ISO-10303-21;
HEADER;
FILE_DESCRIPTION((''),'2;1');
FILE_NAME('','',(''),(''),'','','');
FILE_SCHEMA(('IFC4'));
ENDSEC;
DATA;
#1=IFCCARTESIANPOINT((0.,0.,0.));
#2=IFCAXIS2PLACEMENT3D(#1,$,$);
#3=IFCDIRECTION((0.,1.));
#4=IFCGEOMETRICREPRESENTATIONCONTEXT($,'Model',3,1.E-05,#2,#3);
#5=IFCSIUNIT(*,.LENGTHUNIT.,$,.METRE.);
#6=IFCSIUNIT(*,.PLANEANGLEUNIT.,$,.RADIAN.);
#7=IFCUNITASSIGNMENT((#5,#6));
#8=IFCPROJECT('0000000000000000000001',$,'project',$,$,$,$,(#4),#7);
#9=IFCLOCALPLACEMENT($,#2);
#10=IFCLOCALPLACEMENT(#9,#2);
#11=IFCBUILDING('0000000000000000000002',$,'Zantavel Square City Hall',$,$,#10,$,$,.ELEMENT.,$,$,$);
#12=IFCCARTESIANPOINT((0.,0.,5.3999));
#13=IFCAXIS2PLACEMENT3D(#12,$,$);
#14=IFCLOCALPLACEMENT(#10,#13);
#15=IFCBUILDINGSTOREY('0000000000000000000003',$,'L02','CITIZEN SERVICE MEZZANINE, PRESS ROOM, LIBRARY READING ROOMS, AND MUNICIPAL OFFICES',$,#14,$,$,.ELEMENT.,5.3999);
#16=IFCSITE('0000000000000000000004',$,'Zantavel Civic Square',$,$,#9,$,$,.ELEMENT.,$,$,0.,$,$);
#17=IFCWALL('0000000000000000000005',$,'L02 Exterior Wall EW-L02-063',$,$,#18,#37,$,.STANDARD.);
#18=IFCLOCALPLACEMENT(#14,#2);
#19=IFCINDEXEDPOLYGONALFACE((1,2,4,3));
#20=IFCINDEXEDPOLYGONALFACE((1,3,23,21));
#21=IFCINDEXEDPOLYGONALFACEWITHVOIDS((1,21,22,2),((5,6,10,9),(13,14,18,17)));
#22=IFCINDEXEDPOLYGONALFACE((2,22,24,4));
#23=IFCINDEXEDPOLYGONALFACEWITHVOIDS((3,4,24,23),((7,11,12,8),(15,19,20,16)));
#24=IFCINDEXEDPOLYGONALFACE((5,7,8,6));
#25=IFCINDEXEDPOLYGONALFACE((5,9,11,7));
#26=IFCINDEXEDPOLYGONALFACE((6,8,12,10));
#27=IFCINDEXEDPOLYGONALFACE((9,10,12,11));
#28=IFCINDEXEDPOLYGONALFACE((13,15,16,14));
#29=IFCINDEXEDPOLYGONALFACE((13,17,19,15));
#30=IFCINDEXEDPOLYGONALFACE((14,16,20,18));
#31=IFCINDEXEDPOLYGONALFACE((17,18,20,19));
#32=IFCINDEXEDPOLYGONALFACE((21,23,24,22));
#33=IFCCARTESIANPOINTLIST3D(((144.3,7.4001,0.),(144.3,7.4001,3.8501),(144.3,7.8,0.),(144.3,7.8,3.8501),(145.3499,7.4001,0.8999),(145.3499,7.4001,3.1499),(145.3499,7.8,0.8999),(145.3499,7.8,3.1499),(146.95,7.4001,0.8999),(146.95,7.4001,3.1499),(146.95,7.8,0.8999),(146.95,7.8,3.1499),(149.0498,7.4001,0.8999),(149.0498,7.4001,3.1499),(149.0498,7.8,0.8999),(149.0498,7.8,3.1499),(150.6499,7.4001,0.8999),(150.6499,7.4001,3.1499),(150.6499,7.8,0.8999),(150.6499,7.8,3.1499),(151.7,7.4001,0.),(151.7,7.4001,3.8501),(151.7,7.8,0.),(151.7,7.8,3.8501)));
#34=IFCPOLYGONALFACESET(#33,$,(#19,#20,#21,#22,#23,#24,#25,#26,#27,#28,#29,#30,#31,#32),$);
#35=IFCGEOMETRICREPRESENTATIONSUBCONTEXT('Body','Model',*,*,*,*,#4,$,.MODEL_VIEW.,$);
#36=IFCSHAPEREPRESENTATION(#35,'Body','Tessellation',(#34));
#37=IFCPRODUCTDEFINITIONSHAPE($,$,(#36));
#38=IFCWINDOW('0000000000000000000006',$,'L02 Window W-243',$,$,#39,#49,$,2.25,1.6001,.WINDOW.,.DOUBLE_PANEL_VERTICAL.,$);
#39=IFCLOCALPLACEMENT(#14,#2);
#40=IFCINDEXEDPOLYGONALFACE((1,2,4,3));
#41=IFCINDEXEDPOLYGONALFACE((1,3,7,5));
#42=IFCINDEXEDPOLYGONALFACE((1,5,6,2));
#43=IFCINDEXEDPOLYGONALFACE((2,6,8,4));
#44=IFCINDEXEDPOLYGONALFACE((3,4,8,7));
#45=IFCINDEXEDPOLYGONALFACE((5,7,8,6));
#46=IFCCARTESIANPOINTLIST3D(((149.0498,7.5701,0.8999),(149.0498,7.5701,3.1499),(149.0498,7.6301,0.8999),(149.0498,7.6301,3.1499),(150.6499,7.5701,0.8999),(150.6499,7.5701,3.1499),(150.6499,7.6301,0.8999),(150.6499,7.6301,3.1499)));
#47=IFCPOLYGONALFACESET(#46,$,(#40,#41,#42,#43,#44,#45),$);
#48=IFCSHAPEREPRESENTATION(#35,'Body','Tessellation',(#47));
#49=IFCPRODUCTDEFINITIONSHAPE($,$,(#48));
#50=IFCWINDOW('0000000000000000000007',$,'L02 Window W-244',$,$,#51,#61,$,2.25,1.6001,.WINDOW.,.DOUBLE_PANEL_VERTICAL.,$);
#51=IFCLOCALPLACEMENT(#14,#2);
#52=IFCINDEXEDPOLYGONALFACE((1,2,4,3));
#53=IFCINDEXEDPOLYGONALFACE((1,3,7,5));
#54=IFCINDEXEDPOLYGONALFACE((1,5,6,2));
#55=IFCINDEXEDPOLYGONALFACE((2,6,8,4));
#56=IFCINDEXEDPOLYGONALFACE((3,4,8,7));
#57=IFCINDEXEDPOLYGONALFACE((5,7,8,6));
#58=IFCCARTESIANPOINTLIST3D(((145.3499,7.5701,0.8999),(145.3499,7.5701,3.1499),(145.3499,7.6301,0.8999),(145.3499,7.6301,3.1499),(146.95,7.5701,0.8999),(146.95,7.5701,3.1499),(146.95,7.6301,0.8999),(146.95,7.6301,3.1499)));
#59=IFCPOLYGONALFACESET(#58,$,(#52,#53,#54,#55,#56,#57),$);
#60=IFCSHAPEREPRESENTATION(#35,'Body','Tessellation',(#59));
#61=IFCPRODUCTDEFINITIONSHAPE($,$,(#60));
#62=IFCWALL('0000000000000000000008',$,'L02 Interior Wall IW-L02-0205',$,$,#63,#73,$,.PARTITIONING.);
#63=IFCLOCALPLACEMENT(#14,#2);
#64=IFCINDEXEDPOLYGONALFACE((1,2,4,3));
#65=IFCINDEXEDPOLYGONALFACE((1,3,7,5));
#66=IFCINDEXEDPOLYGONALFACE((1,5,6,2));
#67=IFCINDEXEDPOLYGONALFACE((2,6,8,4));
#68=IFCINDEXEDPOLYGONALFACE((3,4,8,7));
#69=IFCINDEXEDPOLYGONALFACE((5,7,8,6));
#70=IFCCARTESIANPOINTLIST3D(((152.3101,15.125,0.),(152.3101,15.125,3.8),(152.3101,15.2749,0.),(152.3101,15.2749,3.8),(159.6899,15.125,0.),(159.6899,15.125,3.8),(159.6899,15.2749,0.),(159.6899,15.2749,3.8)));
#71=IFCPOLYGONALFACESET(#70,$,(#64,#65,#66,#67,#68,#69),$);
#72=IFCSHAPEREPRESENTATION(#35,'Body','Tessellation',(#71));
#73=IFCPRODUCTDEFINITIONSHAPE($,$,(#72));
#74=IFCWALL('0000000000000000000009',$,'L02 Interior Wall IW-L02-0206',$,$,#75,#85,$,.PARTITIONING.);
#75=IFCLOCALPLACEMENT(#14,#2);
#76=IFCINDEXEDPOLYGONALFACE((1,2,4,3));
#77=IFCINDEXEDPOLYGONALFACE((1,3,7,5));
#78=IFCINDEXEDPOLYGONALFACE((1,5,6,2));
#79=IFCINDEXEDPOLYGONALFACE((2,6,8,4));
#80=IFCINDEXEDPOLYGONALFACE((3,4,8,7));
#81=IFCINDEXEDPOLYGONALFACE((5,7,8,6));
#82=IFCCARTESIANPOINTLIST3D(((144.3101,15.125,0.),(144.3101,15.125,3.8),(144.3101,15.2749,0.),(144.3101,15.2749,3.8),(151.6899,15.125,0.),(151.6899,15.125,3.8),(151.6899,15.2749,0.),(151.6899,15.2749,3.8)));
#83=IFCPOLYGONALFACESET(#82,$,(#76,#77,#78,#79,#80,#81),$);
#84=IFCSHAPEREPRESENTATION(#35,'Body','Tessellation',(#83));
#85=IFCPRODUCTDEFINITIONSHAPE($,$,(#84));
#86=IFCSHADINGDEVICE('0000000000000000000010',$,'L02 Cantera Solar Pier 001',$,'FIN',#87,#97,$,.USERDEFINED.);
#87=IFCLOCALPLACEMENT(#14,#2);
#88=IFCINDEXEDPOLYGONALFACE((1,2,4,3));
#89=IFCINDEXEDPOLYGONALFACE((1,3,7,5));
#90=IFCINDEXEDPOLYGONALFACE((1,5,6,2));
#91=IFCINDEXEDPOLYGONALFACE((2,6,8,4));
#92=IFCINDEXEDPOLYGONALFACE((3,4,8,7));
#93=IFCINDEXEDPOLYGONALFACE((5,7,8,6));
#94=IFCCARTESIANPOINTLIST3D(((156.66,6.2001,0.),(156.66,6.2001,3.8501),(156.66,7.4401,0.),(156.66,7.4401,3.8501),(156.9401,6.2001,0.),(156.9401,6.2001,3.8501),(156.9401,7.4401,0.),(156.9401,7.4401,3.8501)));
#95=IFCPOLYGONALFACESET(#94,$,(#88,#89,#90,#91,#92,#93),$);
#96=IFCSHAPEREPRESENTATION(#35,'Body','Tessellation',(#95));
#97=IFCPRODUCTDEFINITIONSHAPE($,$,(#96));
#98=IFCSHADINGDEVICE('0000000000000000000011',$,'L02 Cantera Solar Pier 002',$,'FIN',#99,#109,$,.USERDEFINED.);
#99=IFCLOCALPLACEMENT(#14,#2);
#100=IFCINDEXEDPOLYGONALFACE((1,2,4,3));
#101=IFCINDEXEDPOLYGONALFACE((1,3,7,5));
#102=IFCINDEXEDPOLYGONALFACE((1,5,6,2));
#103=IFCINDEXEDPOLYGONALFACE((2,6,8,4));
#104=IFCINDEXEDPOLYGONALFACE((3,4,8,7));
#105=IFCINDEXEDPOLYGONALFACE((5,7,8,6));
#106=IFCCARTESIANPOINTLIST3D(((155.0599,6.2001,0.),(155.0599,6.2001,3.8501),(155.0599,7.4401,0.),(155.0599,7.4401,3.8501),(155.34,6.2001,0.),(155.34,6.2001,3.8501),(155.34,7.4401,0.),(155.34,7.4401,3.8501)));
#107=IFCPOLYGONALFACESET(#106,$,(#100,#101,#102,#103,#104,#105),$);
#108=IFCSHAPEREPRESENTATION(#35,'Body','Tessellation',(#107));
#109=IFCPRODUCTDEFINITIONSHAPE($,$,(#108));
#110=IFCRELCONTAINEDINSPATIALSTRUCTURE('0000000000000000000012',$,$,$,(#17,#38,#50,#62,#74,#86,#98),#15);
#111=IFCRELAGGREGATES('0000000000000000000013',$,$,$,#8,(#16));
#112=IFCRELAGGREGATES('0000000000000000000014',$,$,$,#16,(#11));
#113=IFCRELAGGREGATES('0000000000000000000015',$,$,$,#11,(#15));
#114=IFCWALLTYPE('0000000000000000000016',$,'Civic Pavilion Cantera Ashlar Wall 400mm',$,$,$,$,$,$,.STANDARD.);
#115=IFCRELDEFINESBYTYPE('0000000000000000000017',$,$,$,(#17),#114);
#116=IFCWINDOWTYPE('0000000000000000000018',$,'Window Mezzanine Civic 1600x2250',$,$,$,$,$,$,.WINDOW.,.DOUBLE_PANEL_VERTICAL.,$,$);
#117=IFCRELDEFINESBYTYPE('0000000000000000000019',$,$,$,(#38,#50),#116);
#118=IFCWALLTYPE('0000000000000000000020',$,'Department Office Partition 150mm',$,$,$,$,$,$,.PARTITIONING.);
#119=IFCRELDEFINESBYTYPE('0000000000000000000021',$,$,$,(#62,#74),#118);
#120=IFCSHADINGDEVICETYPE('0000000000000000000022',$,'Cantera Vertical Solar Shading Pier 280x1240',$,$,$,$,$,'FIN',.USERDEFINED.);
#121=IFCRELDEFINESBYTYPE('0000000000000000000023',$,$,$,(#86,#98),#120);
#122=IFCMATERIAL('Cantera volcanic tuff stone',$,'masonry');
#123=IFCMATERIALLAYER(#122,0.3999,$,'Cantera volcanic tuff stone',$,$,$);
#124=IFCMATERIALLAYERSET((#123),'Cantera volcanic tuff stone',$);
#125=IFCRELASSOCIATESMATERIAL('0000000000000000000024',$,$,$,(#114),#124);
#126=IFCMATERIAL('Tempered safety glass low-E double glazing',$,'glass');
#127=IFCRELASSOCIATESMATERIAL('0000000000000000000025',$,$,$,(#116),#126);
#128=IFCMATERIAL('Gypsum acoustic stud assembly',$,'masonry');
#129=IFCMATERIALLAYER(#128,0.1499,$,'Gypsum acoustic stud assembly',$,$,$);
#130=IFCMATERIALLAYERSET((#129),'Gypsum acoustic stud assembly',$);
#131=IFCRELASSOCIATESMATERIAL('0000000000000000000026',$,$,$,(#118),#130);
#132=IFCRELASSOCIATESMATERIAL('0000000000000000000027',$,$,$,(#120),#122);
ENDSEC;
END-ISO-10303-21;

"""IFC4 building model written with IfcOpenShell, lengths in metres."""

from ifc_helpers import new_model, si_unit, direction, frame, frame_2d, origin, origin_2d, place, context, subcontext, project, spatial, rectangle, extrude, material, layer, layer_set, type_object, element, fill, save


model = new_model("IFC4")

# Units and contexts
model_context = context("Model", 3, precision=1e-05, world=origin(), true_north=direction((0.0, 1.0)))
body_context = subcontext(model_context, "Body", "Model", "MODEL_VIEW")
ifc_project = project(units=[si_unit("LENGTHUNIT", "METRE"), si_unit("PLANEANGLEUNIT", "RADIAN")], contexts=[model_context])

# Site, building, storey
site_placement = place(None, origin())
site = spatial("IfcSite", under=ifc_project, at=site_placement, Name="Zantavel Civic Square", CompositionType="ELEMENT", RefElevation=0.0)
building_placement = place(site_placement, origin())
building = spatial("IfcBuilding", under=site, at=building_placement, Name="Zantavel Square City Hall", CompositionType="ELEMENT")
storey_placement = place(building_placement, frame((0.0, 0.0, 5.3999)))
storey = spatial("IfcBuildingStorey", under=building, at=storey_placement, Name="L02", Description="CITIZEN SERVICE MEZZANINE, PRESS ROOM, LIBRARY READING ROOMS, AND MUNICIPAL OFFICES", CompositionType="ELEMENT", Elevation=5.3999)

# Shared definitions
ifc_material_1 = material(Name="Cantera volcanic tuff stone", Category="masonry")
ifc_layer_1 = layer(ifc_material_1, 0.3999, Name="Cantera volcanic tuff stone")
ifc_layer_set_1 = layer_set([ifc_layer_1], Name="Cantera volcanic tuff stone")
wall_type_1 = type_object("IfcWallType", Name="Civic Pavilion Cantera Ashlar Wall 400mm", PredefinedType="STANDARD", material=ifc_layer_set_1)
ifc_material_2 = material(Name="Tempered safety glass low-E double glazing", Category="glass")

# Wall, openings, windows
window_type_1 = type_object("IfcWindowType", Name="Window Mezzanine Civic 1600x2250", PartitioningType="DOUBLE_PANEL_VERTICAL", PredefinedType="WINDOW", material=ifc_material_2)
wall_1_placement = place(storey_placement, frame((151.7, 7.6001, 0.0), z_axis=(0.0, 0.0, 1.0), x_axis=(-1.0, 0.0, 0.0)))
wall_1 = element("IfcWall", 1, at=wall_1_placement, inside=storey, type_object=wall_type_1, Name="L02 Exterior Wall EW-L02-063", PredefinedType="STANDARD", context=body_context, shape_type="SweptSolid", body=[
    extrude(rectangle(XDim=7.3999, YDim=0.3999, at=frame_2d((3.7, 0.0))), origin(), (0.0, 0.0, 1.0), 3.8501),
])
opening_1_placement = place(wall_1_placement, frame((1.05, 0.0, 0.8999)))
opening_1 = element("IfcOpeningElement", 2, at=opening_1_placement, cuts=wall_1, PredefinedType="OPENING", context=body_context, shape_type="SweptSolid", body=[
    extrude(rectangle(XDim=1.6001, YDim=2.25, at=frame_2d((0.8, 1.125))), frame((0.0, 0.21, 0.0), z_axis=(0.0, -1.0, 0.0), x_axis=(1.0, 0.0, 0.0)), (0.0, 0.0, 1.0), 0.4199),
])
opening_2_placement = place(wall_1_placement, frame((4.75, 0.0, 0.8999)))
opening_2 = element("IfcOpeningElement", 3, at=opening_2_placement, cuts=wall_1, PredefinedType="OPENING", context=body_context, shape_type="SweptSolid", body=[
    extrude(rectangle(XDim=1.6001, YDim=2.25, at=frame_2d((0.8, 1.125))), frame((0.0, 0.21, 0.0), z_axis=(0.0, -1.0, 0.0), x_axis=(1.0, 0.0, 0.0)), (0.0, 0.0, 1.0), 0.4199),
])
window_1_placement = place(opening_1_placement, origin())
window_1 = element("IfcWindow", 4, at=window_1_placement, inside=storey, type_object=window_type_1, Name="L02 Window W-243", OverallHeight=2.25, OverallWidth=1.6001, PartitioningType="DOUBLE_PANEL_VERTICAL", PredefinedType="WINDOW", context=body_context, shape_type="SweptSolid", body=[
    extrude(rectangle(XDim=1.6001, YDim=2.25, at=frame_2d((0.8, 1.125))), frame((0.0, 0.03, 0.0), z_axis=(0.0, -1.0, 0.0), x_axis=(1.0, 0.0, 0.0)), (0.0, 0.0, 1.0), 0.0601),
])
fill(opening_1, window_1)
window_2_placement = place(opening_2_placement, origin())
window_2 = element("IfcWindow", 5, at=window_2_placement, inside=storey, type_object=window_type_1, Name="L02 Window W-244", OverallHeight=2.25, OverallWidth=1.6001, PartitioningType="DOUBLE_PANEL_VERTICAL", PredefinedType="WINDOW", context=body_context, shape_type="SweptSolid", body=[
    extrude(rectangle(XDim=1.6001, YDim=2.25, at=frame_2d((0.8, 1.125))), frame((0.0, 0.03, 0.0), z_axis=(0.0, -1.0, 0.0), x_axis=(1.0, 0.0, 0.0)), (0.0, 0.0, 1.0), 0.0601),
])
fill(opening_2, window_2)

# Walls
ifc_material_3 = material(Name="Gypsum acoustic stud assembly", Category="masonry")
ifc_layer_2 = layer(ifc_material_3, 0.1499, Name="Gypsum acoustic stud assembly")
ifc_layer_set_2 = layer_set([ifc_layer_2], Name="Gypsum acoustic stud assembly")
wall_type_2 = type_object("IfcWallType", Name="Department Office Partition 150mm", PredefinedType="PARTITIONING", material=ifc_layer_set_2)
for number, where, z_axis, x_axis, name in (
    (6, (159.6899, 15.2, 0.0), (0.0, 0.0, 1.0), (-1.0, 0.0, 0.0), "L02 Interior Wall IW-L02-0205"),
    (7, (151.6899, 15.2, 0.0), (0.0, 0.0, 1.0), (-1.0, 0.0, 0.0), "L02 Interior Wall IW-L02-0206"),
):
    element("IfcWall", number, at=place(storey_placement, frame(where, z_axis=z_axis, x_axis=x_axis)), inside=storey, type_object=wall_type_2, Name=name, PredefinedType="PARTITIONING", context=body_context, shape_type="SweptSolid", body=[
        extrude(rectangle(XDim=7.3799, YDim=0.1499, at=frame_2d((3.6899, 0.0))), origin(), (0.0, 0.0, 1.0), 3.8),
    ])

# Shading devices
shading_device_type = type_object("IfcShadingDeviceType", Name="Cantera Vertical Solar Shading Pier 280x1240", ElementType="FIN", PredefinedType="USERDEFINED", material=ifc_material_1)
for number, where, z_axis, x_axis, name in (
    (8, (156.8, 6.8201, 0.0), (0.0, 0.0, 1.0), (1.0, 0.0, 0.0), "L02 Cantera Solar Pier 001"),
    (9, (155.2, 6.8201, 0.0), (0.0, 0.0, 1.0), (1.0, 0.0, 0.0), "L02 Cantera Solar Pier 002"),
):
    element("IfcShadingDevice", number, at=place(storey_placement, frame(where, z_axis=z_axis, x_axis=x_axis)), inside=storey, type_object=shading_device_type, Name=name, ObjectType="FIN", PredefinedType="USERDEFINED", context=body_context, shape_type="SweptSolid", body=[
        extrude(rectangle(XDim=0.28, YDim=1.24, at=origin_2d()), origin(), (0.0, 0.0, 1.0), 3.8501),
    ])

save(model, "model.ifc")
